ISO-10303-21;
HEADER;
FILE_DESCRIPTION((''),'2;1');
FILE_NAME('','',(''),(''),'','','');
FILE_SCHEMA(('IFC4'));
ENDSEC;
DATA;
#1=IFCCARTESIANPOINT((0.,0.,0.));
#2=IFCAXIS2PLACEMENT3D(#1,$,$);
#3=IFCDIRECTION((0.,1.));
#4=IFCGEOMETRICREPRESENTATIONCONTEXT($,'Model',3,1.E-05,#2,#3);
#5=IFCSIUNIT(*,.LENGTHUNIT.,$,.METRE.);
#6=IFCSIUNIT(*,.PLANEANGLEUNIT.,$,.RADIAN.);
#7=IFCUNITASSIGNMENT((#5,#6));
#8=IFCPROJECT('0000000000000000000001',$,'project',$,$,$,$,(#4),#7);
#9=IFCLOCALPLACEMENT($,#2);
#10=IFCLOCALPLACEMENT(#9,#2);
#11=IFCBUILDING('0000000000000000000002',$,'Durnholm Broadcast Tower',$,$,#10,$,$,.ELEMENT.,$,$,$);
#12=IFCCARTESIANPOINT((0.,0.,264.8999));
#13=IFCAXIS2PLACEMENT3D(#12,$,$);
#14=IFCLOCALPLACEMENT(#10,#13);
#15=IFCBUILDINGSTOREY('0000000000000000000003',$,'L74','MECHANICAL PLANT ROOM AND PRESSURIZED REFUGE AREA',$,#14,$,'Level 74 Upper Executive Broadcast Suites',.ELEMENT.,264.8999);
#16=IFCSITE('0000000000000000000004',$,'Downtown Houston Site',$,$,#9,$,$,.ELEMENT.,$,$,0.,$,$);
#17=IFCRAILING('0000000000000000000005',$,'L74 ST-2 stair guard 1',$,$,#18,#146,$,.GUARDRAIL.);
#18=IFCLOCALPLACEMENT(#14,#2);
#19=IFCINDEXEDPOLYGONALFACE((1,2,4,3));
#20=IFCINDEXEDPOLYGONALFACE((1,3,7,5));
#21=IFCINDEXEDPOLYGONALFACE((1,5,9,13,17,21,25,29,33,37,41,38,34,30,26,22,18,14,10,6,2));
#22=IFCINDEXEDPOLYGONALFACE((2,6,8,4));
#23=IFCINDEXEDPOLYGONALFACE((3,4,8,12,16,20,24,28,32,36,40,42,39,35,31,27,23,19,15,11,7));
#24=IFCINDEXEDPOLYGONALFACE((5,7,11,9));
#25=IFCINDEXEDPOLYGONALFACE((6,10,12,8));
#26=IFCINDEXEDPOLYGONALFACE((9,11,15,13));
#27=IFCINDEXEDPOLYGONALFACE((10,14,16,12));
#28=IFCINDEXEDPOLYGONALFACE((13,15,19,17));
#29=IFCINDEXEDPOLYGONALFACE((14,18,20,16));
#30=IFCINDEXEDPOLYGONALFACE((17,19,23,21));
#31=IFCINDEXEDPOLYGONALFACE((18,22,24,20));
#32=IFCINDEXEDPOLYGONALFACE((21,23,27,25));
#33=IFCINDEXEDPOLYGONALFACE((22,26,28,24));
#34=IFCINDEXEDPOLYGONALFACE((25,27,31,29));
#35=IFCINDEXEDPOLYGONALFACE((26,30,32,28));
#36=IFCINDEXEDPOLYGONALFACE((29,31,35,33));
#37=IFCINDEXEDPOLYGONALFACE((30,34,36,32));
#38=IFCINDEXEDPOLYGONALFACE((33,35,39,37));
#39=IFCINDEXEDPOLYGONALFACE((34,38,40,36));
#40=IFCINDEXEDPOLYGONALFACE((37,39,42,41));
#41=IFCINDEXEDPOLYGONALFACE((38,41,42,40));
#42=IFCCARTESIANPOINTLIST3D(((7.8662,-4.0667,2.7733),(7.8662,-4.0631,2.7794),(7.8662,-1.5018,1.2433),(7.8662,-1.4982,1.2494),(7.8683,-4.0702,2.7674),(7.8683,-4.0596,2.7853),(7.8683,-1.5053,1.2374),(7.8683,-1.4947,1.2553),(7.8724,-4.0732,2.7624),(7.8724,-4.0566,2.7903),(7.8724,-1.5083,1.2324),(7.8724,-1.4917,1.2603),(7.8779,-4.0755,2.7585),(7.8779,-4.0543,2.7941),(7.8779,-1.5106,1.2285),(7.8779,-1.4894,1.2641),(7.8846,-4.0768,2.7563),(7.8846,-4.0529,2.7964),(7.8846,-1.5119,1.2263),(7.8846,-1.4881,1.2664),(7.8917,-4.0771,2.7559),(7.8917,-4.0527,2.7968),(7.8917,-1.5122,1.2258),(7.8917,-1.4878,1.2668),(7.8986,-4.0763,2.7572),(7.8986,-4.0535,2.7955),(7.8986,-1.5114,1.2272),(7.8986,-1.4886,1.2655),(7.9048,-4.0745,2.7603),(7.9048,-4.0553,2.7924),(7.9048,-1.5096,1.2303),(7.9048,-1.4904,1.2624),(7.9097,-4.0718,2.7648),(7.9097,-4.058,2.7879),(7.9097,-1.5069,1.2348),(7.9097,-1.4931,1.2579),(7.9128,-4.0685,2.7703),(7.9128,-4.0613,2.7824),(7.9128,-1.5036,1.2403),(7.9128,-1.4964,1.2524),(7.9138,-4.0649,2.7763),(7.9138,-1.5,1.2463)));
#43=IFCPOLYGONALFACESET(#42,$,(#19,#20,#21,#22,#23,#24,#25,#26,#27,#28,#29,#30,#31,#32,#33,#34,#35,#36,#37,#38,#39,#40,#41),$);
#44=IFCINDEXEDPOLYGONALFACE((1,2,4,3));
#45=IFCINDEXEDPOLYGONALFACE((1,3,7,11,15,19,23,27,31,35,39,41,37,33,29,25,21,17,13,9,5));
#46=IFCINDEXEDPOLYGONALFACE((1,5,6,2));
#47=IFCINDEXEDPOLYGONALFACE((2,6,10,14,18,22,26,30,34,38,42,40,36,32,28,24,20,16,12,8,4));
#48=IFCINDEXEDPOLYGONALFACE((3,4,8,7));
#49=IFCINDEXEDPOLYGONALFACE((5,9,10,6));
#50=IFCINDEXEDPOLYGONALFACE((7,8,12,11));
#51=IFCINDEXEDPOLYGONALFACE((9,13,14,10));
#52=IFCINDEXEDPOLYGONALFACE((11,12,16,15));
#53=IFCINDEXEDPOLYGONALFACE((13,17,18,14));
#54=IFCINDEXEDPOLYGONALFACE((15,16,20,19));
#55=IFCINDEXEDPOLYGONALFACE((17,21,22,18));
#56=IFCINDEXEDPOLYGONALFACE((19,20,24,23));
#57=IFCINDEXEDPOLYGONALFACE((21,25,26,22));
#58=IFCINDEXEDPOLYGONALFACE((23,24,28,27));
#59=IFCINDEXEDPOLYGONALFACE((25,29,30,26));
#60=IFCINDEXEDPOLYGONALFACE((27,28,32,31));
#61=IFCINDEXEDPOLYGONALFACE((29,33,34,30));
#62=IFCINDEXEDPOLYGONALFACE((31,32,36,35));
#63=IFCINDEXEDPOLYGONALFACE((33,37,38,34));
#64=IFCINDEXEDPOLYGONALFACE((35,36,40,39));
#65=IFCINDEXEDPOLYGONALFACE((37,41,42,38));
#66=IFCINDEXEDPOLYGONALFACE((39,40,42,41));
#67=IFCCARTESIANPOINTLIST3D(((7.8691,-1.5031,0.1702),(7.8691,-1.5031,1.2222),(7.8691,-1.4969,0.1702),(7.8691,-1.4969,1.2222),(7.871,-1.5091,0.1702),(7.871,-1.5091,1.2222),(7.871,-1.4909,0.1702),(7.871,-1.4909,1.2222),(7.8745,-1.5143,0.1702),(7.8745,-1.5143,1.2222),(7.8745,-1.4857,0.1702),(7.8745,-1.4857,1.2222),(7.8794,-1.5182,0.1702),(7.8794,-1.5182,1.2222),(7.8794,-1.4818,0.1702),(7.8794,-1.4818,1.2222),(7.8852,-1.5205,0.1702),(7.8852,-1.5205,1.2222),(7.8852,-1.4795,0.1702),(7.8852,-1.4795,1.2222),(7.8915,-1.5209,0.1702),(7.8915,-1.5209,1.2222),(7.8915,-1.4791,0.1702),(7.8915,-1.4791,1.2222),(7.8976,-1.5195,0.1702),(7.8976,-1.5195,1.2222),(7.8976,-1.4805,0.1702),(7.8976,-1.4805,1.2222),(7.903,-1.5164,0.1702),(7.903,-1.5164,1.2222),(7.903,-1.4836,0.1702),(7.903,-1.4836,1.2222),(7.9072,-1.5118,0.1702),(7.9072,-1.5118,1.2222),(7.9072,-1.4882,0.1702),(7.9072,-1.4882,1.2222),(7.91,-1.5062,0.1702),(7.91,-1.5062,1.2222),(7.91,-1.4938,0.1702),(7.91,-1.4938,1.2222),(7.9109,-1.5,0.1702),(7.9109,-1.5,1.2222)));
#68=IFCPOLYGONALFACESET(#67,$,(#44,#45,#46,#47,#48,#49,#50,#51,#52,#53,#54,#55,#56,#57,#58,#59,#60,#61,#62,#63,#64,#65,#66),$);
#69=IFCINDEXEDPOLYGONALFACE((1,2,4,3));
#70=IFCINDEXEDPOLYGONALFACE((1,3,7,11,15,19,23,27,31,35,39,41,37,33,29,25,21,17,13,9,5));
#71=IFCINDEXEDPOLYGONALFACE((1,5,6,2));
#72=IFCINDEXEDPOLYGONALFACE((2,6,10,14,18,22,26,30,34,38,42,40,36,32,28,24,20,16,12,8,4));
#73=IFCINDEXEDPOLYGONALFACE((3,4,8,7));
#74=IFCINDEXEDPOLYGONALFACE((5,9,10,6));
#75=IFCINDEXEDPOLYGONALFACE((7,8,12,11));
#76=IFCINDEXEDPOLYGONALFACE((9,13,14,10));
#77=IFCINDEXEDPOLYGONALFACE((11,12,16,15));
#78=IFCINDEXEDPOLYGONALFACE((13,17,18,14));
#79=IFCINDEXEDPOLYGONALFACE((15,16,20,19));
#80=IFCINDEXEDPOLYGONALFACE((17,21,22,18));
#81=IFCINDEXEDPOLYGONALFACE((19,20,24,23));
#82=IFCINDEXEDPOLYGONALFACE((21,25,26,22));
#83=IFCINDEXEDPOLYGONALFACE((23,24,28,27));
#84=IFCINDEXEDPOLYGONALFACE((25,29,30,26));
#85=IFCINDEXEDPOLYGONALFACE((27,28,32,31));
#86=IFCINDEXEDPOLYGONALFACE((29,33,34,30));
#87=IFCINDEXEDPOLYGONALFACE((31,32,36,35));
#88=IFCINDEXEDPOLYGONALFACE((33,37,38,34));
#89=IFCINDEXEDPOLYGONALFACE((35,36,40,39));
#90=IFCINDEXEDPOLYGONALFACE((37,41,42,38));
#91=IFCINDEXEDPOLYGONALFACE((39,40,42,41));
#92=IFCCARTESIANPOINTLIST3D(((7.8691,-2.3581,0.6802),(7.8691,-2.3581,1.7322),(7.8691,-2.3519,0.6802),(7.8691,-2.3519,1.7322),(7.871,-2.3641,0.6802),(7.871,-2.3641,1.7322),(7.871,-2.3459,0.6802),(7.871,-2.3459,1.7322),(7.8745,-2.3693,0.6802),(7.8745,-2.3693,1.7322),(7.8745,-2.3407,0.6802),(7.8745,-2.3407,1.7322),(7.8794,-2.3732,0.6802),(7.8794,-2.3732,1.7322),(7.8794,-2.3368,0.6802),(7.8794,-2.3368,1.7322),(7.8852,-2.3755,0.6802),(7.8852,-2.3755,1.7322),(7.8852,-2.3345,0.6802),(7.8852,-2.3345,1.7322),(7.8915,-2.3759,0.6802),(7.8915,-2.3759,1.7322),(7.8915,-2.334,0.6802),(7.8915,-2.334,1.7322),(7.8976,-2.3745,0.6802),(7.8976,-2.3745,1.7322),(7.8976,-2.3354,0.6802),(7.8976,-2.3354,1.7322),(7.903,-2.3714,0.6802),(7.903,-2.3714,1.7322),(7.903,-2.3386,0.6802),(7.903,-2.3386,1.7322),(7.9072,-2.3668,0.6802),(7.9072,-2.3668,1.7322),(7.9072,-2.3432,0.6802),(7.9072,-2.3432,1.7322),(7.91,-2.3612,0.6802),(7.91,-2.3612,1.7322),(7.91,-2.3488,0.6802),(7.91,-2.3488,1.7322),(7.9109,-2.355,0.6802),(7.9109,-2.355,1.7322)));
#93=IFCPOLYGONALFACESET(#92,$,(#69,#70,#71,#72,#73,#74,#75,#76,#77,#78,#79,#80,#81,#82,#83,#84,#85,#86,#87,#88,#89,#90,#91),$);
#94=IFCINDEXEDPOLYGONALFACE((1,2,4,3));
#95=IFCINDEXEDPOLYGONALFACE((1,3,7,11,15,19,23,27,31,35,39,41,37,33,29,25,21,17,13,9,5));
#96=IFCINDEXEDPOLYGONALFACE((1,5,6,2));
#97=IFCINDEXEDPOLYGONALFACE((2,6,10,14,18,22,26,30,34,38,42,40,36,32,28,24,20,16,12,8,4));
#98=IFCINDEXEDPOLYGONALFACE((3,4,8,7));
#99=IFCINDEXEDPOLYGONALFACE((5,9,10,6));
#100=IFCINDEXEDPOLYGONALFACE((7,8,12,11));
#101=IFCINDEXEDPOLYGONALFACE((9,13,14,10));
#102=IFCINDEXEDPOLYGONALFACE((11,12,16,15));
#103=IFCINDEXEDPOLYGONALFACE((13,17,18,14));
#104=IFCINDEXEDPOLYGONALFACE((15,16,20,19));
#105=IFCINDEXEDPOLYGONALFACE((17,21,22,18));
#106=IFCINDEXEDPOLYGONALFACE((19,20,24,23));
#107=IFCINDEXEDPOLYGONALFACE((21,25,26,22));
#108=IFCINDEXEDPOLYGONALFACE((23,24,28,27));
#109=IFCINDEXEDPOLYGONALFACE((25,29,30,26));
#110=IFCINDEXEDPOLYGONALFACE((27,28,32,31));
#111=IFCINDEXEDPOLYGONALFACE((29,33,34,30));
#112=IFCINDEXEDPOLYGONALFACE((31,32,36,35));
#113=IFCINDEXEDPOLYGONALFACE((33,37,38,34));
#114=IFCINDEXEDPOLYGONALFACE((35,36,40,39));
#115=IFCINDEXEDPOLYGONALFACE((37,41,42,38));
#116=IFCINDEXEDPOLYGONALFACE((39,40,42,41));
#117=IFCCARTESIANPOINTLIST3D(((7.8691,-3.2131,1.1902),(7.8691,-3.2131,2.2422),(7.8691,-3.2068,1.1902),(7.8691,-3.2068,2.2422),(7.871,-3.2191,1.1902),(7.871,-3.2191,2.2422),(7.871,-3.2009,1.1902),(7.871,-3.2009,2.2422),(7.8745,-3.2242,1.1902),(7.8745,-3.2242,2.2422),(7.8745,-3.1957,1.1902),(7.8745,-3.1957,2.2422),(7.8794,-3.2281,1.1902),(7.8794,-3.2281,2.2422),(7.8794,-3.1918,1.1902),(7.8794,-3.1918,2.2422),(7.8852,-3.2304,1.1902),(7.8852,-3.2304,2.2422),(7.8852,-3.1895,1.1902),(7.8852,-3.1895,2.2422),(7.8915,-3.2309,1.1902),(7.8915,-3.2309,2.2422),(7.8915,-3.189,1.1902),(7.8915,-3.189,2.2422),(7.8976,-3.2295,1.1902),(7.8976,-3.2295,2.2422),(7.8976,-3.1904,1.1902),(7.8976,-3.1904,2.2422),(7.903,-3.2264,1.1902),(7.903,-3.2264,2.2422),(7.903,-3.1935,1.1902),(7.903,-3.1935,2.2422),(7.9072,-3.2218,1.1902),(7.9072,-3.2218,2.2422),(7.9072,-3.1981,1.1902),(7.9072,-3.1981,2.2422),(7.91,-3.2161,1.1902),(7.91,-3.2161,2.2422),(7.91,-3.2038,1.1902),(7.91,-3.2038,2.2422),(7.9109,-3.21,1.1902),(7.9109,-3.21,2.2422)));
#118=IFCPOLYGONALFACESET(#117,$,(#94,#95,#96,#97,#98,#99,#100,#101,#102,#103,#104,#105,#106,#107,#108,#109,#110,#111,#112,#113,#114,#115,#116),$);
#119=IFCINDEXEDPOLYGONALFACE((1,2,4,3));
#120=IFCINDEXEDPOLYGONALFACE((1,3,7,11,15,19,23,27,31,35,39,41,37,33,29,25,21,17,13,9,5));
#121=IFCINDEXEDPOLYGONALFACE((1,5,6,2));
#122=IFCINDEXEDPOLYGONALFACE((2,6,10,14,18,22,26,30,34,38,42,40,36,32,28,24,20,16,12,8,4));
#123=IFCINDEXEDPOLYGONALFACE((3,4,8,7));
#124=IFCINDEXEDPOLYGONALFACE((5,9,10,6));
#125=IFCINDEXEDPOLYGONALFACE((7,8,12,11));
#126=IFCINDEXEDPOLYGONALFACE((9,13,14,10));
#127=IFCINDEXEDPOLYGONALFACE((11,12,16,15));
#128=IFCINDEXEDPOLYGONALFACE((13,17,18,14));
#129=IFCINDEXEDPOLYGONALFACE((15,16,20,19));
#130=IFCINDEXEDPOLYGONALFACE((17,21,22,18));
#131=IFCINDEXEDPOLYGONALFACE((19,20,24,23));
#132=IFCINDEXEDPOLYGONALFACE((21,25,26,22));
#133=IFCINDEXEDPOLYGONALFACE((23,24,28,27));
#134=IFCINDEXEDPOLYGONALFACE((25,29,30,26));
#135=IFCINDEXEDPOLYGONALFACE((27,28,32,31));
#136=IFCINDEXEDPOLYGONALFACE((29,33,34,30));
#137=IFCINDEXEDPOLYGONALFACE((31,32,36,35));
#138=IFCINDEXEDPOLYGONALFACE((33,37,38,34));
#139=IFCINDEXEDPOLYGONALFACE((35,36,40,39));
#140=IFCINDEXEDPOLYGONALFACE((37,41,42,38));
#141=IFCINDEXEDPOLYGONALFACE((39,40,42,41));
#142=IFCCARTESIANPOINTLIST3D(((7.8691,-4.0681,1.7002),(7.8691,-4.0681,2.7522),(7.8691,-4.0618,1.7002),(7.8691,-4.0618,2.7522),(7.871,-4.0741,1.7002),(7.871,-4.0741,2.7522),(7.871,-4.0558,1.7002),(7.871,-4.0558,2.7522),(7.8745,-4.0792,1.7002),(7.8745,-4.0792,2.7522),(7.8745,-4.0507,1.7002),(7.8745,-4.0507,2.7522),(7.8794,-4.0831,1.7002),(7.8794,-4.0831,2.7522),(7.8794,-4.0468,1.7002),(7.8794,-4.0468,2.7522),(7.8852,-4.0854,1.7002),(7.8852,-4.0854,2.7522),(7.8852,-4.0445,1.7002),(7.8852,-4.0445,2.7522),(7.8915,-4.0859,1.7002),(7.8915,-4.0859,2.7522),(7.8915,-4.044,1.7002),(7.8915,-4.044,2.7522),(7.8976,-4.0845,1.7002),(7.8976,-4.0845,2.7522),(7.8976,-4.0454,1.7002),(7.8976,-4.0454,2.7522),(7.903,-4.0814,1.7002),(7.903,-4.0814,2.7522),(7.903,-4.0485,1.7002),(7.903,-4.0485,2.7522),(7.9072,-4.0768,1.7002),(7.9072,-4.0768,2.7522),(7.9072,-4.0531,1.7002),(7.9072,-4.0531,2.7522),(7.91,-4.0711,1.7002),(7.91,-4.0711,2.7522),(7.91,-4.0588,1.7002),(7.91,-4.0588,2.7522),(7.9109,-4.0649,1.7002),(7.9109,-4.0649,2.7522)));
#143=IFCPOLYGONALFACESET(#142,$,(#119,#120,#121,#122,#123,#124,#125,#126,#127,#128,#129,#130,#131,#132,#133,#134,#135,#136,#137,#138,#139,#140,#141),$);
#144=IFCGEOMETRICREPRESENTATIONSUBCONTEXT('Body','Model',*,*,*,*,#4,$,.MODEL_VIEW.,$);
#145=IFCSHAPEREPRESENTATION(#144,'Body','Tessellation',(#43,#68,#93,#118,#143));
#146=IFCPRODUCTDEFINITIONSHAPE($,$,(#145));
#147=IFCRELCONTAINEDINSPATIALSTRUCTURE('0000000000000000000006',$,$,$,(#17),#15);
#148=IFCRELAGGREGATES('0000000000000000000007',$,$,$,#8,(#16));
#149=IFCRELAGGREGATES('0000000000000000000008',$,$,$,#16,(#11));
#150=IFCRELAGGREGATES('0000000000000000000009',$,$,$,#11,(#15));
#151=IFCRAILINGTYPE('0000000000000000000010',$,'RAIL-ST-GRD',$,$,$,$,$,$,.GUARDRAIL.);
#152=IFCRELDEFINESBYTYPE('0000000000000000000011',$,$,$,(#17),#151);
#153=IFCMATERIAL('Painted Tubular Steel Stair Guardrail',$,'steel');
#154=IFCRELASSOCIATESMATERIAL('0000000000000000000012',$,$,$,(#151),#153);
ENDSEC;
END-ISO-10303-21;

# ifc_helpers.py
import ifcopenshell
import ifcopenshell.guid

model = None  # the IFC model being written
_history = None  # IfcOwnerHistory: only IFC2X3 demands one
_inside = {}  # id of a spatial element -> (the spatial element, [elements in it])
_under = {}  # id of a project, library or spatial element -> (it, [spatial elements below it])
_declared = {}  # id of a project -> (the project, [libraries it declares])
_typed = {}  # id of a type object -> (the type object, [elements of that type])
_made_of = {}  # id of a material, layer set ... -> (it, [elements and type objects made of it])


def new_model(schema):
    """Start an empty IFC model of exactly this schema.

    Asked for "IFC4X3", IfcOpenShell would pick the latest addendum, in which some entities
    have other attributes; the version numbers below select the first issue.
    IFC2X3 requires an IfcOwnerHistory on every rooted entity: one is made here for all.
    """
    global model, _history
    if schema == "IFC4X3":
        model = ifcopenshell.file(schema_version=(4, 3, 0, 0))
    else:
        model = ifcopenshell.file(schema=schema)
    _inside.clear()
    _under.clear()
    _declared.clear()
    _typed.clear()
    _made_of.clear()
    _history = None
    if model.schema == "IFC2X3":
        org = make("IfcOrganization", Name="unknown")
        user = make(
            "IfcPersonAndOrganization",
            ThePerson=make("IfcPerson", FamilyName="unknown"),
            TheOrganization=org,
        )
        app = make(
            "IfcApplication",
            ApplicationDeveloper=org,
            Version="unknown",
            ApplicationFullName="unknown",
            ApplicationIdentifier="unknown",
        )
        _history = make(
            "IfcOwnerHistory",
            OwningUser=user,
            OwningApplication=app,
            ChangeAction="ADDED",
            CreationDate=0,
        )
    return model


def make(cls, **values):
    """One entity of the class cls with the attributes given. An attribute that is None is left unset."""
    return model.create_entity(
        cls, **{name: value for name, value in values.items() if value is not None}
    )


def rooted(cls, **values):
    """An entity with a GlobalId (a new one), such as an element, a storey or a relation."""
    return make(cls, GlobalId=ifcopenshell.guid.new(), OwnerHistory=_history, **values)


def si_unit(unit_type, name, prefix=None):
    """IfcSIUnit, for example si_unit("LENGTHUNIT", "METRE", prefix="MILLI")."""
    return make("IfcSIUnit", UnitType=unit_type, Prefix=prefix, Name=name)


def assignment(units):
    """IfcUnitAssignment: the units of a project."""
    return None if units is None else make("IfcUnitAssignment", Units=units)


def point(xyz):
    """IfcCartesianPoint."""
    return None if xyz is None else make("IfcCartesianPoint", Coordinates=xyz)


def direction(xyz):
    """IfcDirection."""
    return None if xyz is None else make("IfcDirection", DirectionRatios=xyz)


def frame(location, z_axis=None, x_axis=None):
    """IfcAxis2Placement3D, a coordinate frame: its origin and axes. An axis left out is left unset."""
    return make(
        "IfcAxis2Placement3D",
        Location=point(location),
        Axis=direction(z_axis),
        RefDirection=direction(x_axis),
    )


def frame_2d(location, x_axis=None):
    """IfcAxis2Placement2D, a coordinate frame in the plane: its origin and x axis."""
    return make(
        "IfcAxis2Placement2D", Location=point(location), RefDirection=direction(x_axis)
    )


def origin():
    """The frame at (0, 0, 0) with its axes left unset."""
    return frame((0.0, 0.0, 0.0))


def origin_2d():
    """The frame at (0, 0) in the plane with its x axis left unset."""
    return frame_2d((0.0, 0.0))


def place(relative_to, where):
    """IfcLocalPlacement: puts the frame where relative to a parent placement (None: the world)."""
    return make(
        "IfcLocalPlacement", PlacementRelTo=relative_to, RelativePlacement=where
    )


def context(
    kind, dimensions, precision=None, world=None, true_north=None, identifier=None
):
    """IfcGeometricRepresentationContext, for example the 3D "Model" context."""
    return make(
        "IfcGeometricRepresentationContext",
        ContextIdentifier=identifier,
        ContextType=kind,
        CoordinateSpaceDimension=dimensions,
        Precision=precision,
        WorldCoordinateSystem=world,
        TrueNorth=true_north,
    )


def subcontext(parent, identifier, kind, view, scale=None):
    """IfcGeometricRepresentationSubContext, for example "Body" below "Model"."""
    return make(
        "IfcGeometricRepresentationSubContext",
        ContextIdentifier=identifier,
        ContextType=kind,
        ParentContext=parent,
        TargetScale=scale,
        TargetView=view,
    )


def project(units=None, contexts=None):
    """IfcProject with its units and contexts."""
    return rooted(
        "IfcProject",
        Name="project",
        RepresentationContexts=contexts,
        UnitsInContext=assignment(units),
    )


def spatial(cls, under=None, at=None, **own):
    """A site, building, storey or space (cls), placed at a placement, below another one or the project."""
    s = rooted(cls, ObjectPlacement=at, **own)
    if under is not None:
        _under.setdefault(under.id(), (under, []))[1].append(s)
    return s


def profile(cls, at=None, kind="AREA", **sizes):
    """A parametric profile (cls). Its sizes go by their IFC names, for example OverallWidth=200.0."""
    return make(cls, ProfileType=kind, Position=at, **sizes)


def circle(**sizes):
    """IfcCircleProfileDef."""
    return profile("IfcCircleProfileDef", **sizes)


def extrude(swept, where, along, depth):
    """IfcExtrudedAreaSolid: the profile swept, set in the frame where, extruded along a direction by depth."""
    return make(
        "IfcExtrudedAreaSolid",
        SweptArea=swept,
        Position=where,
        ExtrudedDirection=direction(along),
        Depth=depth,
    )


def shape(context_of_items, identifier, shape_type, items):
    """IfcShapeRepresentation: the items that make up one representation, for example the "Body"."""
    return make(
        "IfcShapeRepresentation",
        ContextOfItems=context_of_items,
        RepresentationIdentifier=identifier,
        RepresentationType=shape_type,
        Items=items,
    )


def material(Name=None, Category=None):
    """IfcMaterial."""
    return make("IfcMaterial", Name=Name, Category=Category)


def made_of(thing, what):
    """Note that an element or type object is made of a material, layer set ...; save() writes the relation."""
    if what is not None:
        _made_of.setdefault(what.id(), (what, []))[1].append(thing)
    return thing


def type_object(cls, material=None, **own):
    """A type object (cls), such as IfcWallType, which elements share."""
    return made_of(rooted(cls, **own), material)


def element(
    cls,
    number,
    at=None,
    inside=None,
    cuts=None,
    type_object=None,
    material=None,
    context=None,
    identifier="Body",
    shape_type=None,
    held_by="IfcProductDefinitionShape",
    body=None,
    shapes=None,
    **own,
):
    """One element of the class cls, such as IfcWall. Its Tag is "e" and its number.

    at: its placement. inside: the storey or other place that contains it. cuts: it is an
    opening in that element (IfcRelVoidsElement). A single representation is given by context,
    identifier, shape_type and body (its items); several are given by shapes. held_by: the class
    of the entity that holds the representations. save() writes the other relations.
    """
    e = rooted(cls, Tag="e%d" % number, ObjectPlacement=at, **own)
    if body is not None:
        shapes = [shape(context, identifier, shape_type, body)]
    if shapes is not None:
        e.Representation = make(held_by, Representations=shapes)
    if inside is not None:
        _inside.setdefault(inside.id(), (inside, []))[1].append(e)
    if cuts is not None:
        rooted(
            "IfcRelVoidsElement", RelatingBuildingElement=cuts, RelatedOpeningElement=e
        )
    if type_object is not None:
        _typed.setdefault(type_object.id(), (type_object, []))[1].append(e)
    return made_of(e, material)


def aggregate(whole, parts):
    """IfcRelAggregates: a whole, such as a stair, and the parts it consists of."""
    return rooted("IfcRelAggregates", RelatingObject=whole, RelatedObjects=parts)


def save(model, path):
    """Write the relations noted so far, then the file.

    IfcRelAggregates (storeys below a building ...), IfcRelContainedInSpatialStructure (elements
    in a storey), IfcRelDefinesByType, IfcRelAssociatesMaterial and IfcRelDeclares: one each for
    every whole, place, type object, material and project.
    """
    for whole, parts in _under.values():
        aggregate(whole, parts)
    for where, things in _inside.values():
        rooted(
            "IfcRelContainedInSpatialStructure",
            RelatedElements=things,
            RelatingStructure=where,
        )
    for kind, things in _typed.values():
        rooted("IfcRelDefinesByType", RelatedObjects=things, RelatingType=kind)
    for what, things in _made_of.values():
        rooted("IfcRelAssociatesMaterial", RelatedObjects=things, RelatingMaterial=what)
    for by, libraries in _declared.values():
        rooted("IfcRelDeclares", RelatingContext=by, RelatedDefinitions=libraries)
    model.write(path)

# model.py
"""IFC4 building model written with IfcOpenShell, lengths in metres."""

from ifc_helpers import new_model, si_unit, direction, frame, origin, origin_2d, place, context, subcontext, project, spatial, circle, extrude, material, type_object, element, save


model = new_model("IFC4")

# Units and contexts
model_context = context("Model", 3, precision=1e-05, world=origin(), true_north=direction((0.0, 1.0)))
body_context = subcontext(model_context, "Body", "Model", "MODEL_VIEW")
ifc_project = project(units=[si_unit("LENGTHUNIT", "METRE"), si_unit("PLANEANGLEUNIT", "RADIAN")], contexts=[model_context])

# Site, building, storey
site_placement = place(None, origin())
site = spatial("IfcSite", under=ifc_project, at=site_placement, Name="Downtown Houston Site", CompositionType="ELEMENT", RefElevation=0.0)
building_placement = place(site_placement, origin())
building = spatial("IfcBuilding", under=site, at=building_placement, Name="Durnholm Broadcast Tower", CompositionType="ELEMENT")
storey_placement = place(building_placement, frame((0.0, 0.0, 264.8999)))
storey = spatial("IfcBuildingStorey", under=building, at=storey_placement, Name="L74", Description="MECHANICAL PLANT ROOM AND PRESSURIZED REFUGE AREA", LongName="Level 74 Upper Executive Broadcast Suites", CompositionType="ELEMENT", Elevation=264.8999)

# Railing
ifc_material_1 = material(Name="Painted Tubular Steel Stair Guardrail", Category="steel")
railing_type_1 = type_object("IfcRailingType", Name="RAIL-ST-GRD", PredefinedType="GUARDRAIL", material=ifc_material_1)
railing_1_placement = place(storey_placement, frame((7.8899, -1.5, 0.1702)))
element("IfcRailing", 1, at=railing_1_placement, inside=storey, type_object=railing_type_1, Name="L74 ST-2 stair guard 1", PredefinedType="GUARDRAIL", context=body_context, shape_type="SweptSolid", body=[
    extrude(circle(Radius=0.0239, at=origin_2d()), frame((0.0, 0.0, 1.0762), z_axis=(0.0, -0.85881, 0.512294), x_axis=(1.0, 0.0, 0.0)), (0.0, 0.0, 1.0), 2.9866),
    extrude(circle(Radius=0.021, at=origin_2d()), origin(), (0.0, 0.0, 1.0), 1.052),
    extrude(circle(Radius=0.021, at=origin_2d()), frame((0.0, -0.855, 0.51)), (0.0, 0.0, 1.0), 1.052),
    extrude(circle(Radius=0.021, at=origin_2d()), frame((0.0, -1.71, 1.02)), (0.0, 0.0, 1.0), 1.052),
    extrude(circle(Radius=0.021, at=origin_2d()), frame((0.0, -2.5649, 1.53)), (0.0, 0.0, 1.0), 1.052),
])

save(model, "model.ifc")
